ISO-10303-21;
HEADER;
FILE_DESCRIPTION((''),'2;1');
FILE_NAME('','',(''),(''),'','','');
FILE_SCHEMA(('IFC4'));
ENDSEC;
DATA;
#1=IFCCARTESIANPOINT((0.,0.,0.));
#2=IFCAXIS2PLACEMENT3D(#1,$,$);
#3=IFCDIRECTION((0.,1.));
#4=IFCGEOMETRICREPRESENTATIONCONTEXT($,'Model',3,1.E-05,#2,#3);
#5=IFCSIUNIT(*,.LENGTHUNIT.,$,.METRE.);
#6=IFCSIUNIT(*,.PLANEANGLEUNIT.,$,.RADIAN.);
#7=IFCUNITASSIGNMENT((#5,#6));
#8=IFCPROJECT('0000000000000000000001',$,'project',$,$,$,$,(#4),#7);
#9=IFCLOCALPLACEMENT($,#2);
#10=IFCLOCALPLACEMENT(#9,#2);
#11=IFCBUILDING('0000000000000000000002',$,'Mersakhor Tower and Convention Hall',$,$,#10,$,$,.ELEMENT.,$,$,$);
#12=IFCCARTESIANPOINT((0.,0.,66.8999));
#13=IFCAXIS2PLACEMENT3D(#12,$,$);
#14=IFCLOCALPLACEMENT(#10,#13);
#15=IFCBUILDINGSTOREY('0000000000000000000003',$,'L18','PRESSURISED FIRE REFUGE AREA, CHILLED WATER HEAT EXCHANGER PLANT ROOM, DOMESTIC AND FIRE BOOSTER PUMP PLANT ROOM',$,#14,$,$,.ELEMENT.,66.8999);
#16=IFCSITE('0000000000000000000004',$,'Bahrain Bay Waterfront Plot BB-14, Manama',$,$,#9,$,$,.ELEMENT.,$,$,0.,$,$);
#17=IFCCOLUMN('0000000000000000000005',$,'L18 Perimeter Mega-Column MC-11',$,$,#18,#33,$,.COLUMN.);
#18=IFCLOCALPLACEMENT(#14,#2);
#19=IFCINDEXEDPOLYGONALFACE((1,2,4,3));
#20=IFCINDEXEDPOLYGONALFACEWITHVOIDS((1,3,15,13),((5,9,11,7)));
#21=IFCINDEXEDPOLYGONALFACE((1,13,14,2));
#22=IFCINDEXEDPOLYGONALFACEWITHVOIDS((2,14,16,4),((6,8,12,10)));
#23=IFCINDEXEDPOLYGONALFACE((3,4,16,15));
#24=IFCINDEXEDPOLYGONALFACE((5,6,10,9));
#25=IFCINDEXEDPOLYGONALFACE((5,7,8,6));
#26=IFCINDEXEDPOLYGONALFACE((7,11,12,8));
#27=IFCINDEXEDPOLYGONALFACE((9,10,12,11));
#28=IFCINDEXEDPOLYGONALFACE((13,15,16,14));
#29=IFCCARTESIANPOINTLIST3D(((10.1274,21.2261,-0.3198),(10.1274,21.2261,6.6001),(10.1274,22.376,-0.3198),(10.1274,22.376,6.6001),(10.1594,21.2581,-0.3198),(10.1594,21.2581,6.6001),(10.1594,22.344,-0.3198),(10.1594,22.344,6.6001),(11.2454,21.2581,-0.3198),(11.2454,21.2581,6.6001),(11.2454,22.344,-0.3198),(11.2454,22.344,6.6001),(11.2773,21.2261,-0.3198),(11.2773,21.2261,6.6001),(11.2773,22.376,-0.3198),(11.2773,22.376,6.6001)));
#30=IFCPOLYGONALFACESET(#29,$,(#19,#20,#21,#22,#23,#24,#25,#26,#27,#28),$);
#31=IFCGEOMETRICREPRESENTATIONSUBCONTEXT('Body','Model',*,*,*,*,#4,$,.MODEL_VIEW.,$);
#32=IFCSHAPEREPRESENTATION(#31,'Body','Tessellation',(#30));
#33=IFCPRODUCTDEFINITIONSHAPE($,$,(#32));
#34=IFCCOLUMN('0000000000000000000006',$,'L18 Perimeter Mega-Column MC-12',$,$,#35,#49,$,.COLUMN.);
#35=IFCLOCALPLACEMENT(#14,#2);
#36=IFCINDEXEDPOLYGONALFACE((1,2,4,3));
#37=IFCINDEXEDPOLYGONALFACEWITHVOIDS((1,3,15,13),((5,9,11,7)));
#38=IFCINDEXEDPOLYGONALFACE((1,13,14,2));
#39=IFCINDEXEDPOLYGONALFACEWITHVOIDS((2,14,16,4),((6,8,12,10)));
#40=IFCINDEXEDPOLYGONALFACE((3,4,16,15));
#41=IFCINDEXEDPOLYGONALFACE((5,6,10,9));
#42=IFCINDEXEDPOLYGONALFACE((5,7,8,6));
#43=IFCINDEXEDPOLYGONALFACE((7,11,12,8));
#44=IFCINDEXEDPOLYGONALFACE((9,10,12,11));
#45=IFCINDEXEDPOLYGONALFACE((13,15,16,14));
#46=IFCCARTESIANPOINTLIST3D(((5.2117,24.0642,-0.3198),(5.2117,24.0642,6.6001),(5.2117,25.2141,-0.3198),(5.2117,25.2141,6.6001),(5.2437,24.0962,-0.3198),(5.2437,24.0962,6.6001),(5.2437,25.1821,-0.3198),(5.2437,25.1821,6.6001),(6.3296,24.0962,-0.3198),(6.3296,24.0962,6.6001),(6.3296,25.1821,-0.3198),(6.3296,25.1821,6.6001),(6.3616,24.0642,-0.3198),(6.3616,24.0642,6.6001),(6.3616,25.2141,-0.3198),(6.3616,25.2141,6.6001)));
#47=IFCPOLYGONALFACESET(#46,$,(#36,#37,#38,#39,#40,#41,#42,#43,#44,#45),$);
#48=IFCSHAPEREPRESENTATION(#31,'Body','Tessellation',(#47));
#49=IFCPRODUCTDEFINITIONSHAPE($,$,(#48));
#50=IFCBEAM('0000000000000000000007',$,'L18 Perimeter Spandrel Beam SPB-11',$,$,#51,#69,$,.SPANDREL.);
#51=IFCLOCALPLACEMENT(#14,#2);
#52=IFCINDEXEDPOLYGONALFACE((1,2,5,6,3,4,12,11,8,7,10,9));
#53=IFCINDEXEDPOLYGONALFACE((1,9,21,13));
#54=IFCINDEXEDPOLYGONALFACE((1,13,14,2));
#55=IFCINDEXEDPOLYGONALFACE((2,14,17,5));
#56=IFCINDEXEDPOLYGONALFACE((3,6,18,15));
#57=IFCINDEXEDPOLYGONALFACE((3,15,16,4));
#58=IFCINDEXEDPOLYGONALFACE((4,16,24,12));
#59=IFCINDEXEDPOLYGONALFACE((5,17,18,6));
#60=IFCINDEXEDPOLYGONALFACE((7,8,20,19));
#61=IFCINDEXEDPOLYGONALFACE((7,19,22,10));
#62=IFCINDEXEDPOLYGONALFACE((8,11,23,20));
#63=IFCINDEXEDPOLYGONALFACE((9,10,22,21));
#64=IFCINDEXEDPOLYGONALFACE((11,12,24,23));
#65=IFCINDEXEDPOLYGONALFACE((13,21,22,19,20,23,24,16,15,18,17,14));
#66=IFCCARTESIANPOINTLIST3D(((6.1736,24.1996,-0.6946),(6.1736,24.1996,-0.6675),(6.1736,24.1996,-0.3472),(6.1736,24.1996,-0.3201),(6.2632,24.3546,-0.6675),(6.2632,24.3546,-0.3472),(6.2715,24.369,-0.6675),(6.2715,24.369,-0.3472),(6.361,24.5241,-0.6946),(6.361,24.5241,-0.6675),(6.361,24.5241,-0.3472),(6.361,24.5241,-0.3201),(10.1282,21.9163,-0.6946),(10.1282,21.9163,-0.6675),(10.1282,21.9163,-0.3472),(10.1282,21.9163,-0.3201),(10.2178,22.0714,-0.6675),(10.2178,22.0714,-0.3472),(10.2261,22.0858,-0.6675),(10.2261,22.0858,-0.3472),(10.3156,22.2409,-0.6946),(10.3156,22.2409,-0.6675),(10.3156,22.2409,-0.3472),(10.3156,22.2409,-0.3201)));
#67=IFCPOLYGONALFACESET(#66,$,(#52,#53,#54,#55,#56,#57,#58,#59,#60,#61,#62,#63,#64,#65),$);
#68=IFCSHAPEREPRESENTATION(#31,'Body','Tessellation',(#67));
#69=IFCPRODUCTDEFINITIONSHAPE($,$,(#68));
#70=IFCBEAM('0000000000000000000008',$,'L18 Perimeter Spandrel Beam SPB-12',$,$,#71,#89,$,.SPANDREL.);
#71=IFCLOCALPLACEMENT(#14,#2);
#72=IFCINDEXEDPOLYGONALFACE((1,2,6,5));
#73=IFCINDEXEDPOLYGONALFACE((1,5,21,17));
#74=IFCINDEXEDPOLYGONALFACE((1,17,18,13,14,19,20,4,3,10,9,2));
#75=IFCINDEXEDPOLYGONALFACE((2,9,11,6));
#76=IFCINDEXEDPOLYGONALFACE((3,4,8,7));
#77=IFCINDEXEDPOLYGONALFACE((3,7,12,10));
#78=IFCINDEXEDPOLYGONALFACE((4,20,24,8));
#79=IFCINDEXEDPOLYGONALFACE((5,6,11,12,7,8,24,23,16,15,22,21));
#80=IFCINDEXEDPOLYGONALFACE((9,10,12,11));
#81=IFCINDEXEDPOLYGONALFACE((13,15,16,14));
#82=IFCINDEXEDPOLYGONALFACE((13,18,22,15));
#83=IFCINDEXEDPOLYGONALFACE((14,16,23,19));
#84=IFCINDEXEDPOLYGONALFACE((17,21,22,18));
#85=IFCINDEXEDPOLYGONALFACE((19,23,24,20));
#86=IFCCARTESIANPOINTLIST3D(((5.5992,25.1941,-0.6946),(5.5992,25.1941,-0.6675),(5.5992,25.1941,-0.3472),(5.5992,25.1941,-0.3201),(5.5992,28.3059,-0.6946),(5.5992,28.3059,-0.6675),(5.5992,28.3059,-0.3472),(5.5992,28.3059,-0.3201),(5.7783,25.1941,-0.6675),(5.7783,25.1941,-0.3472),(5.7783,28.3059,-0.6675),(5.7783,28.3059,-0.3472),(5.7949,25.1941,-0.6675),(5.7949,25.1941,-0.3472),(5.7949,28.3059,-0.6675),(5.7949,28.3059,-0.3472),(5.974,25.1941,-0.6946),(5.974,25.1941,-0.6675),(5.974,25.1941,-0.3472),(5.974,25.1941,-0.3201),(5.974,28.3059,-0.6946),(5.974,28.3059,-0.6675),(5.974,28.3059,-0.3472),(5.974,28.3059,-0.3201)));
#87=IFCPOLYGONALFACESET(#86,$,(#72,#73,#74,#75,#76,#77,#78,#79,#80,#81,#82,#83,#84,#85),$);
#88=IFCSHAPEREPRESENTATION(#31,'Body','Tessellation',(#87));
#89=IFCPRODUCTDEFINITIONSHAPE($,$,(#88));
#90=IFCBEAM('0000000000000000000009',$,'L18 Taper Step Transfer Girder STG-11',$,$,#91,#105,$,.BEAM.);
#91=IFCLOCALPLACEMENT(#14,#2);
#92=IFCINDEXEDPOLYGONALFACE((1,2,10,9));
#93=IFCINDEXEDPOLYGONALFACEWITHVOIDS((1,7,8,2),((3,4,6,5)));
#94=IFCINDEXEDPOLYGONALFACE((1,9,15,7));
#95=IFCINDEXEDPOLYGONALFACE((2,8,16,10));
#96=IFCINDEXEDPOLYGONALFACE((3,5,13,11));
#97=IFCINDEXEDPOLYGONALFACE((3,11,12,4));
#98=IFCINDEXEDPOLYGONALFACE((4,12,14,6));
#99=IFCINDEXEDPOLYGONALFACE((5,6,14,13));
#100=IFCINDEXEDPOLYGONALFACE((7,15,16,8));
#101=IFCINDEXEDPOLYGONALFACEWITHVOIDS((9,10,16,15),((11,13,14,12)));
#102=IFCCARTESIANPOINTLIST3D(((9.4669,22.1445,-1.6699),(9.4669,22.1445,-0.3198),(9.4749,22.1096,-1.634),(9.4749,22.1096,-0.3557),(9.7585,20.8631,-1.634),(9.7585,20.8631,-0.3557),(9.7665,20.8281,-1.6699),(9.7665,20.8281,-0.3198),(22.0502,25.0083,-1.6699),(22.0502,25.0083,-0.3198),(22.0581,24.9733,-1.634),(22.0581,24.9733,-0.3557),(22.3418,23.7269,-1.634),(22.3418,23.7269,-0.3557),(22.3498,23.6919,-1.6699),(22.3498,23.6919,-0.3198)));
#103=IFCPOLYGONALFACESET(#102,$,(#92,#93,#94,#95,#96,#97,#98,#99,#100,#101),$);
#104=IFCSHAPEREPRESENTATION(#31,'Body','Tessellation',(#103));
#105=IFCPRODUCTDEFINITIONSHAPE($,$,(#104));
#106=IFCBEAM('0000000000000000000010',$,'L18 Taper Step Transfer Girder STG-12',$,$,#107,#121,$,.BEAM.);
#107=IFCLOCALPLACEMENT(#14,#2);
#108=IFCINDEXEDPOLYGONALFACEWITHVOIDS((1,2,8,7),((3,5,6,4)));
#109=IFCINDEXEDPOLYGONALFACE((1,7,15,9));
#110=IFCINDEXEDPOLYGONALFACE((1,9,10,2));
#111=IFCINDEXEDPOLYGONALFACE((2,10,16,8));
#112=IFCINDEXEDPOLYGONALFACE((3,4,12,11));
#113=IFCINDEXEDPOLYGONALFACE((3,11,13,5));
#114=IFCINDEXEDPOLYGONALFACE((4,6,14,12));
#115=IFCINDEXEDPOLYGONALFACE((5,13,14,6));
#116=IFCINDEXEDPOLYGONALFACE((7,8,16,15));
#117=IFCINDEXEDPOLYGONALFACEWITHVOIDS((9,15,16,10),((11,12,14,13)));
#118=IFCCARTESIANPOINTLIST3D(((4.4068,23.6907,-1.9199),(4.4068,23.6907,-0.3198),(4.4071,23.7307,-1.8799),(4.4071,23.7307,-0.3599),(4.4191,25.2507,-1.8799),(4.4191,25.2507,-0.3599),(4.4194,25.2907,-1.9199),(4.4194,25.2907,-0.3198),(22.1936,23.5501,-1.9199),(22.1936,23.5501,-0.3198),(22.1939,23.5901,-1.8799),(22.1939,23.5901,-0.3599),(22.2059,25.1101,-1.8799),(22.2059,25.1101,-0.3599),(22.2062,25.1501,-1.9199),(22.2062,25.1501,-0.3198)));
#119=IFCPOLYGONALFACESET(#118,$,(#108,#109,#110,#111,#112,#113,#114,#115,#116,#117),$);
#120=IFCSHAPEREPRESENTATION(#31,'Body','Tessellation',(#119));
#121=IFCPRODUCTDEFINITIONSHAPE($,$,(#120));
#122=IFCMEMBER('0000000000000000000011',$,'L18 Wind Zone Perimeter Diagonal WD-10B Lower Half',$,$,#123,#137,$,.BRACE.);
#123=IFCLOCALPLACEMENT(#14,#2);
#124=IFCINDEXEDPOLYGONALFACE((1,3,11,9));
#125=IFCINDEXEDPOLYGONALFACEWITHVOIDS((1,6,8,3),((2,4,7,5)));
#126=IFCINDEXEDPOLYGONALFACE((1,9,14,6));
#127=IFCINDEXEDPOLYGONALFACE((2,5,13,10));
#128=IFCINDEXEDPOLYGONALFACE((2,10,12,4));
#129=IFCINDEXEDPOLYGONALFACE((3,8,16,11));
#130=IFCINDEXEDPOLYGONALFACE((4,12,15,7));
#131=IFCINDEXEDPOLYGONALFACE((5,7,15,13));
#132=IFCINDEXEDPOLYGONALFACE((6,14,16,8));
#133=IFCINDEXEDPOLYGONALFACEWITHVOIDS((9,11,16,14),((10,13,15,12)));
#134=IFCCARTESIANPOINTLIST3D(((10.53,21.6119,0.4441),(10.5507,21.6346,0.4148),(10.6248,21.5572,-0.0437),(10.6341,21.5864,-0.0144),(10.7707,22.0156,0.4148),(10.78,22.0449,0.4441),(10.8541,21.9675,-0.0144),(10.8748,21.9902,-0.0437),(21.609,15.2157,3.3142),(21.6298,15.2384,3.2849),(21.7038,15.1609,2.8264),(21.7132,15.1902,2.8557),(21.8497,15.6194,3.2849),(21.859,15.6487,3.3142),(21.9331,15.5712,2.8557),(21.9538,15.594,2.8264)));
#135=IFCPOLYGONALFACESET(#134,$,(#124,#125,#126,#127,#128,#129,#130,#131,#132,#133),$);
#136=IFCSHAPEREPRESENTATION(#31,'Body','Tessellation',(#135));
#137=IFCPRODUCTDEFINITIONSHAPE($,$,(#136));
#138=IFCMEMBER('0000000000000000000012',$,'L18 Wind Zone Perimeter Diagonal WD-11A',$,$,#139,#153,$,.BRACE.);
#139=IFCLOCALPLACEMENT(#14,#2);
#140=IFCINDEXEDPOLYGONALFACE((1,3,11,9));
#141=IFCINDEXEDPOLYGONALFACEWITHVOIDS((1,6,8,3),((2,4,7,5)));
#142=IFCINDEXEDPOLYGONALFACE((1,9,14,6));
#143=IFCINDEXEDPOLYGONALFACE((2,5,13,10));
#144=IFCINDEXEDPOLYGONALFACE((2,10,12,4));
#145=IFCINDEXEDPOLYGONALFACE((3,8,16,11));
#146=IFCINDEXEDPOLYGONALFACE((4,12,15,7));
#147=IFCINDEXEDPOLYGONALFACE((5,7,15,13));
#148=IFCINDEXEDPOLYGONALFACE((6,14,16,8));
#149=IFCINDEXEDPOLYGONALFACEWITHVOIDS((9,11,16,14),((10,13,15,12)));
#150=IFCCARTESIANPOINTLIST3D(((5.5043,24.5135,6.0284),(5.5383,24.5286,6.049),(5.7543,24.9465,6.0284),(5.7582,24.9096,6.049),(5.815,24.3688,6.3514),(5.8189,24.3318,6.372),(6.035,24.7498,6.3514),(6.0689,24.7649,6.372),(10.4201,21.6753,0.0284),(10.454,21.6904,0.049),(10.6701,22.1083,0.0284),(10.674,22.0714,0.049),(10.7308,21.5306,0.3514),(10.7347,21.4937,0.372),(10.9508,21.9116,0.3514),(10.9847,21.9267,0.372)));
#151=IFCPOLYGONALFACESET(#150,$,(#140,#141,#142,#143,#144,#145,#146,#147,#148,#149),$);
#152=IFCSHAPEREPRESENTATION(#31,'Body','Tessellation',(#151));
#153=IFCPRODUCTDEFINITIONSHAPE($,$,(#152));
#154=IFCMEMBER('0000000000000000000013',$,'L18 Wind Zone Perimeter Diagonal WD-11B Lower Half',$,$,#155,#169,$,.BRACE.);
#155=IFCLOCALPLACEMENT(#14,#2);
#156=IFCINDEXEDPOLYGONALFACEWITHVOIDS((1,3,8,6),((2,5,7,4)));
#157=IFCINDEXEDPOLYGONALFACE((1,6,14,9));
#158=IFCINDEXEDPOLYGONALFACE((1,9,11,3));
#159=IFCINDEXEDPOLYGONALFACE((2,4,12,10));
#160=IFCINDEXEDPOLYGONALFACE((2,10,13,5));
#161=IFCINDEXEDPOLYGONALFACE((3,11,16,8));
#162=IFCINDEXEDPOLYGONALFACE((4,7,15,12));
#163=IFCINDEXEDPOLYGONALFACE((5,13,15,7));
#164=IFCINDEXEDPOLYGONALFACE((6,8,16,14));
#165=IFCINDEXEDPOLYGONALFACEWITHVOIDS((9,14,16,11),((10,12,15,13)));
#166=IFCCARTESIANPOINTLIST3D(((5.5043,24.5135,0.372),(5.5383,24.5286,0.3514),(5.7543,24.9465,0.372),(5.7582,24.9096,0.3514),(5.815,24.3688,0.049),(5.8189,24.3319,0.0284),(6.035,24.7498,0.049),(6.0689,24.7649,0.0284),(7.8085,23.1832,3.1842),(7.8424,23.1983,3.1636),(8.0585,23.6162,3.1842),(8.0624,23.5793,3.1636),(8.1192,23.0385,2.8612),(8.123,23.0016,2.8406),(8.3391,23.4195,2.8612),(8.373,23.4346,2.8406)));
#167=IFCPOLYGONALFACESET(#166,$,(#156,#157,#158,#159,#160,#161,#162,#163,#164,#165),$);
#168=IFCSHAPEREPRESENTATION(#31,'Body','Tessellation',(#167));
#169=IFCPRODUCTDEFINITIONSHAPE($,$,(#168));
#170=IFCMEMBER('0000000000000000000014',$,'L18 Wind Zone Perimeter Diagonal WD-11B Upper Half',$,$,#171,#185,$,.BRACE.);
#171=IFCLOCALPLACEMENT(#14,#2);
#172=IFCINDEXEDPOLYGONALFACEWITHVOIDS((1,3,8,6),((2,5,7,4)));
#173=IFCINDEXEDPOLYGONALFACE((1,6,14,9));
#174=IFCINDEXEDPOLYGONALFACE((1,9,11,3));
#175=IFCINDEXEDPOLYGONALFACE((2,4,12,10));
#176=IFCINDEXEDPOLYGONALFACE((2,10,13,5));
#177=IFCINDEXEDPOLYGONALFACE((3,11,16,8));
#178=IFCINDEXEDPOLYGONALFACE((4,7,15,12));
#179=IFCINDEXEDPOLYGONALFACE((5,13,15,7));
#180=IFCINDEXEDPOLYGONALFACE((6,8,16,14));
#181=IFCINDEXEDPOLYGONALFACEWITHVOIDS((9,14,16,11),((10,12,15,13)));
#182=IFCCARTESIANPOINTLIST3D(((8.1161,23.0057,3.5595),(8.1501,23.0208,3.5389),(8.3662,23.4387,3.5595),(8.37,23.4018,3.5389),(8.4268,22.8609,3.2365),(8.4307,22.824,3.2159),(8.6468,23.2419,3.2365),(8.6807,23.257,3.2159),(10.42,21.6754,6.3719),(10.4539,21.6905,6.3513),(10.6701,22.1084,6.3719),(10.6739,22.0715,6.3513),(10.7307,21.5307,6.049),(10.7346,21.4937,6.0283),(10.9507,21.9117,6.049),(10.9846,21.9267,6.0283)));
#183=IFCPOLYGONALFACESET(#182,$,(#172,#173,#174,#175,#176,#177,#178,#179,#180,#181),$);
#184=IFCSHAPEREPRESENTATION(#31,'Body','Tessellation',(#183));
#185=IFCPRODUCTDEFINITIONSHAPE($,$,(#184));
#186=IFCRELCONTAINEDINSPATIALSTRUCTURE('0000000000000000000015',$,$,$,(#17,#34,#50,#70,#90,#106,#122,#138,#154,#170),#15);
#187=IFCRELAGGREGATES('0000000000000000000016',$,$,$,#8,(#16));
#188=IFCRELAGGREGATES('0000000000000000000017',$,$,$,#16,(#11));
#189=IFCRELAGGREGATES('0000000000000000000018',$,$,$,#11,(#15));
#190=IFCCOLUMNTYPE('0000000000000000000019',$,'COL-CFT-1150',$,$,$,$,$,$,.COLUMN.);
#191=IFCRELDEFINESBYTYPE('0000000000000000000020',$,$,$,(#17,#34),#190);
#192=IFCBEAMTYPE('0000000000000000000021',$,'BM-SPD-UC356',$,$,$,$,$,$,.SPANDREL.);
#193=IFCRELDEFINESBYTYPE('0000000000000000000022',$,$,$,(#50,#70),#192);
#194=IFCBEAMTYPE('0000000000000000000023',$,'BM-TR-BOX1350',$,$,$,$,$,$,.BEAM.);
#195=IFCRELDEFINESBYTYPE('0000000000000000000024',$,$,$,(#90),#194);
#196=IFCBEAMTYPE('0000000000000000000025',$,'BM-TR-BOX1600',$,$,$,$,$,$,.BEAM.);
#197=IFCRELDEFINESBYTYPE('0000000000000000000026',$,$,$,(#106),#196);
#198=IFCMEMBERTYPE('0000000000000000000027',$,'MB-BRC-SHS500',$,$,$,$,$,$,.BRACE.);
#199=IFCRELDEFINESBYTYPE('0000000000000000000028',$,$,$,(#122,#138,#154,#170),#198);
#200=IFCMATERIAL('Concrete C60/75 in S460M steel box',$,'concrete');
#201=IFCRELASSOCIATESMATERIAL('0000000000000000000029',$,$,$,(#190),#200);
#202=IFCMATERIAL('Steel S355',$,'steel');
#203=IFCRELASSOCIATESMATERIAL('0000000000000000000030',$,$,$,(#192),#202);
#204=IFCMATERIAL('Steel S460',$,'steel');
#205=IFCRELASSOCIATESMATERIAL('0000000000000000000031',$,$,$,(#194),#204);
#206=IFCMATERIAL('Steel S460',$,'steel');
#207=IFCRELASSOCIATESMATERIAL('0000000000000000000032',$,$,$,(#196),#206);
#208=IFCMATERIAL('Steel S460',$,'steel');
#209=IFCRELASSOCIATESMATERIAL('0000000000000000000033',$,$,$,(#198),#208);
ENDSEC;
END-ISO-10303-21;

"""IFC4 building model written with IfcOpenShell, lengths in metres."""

from ifc_helpers import new_model, si_unit, direction, frame, origin, origin_2d, place, context, subcontext, project, spatial, hollow_rectangle, i_section, extrude, material, material_profile, profile_set, type_object, element, save


model = new_model("IFC4")

# Units and contexts
model_context = context("Model", 3, precision=1e-05, world=origin(), true_north=direction((0.0, 1.0)))
body_context = subcontext(model_context, "Body", "Model", "MODEL_VIEW")
ifc_project = project(units=[si_unit("LENGTHUNIT", "METRE"), si_unit("PLANEANGLEUNIT", "RADIAN")], contexts=[model_context])

# Site, building, storey
site_placement = place(None, origin())
site = spatial("IfcSite", under=ifc_project, at=site_placement, Name="Bahrain Bay Waterfront Plot BB-14, Manama", CompositionType="ELEMENT", RefElevation=0.0)
building_placement = place(site_placement, origin())
building = spatial("IfcBuilding", under=site, at=building_placement, Name="Mersakhor Tower and Convention Hall", CompositionType="ELEMENT")
storey_placement = place(building_placement, frame((0.0, 0.0, 66.8999)))
storey = spatial("IfcBuildingStorey", under=building, at=storey_placement, Name="L18", Description="PRESSURISED FIRE REFUGE AREA, CHILLED WATER HEAT EXCHANGER PLANT ROOM, DOMESTIC AND FIRE BOOSTER PUMP PLANT ROOM", CompositionType="ELEMENT", Elevation=66.8999)

# Columns
ifc_material_1 = material(Name="Concrete C60/75 in S460M steel box", Category="concrete")
ifc_material_profile_1 = material_profile(ifc_material_1, hollow_rectangle(XDim=1.1499, YDim=1.1499, WallThickness=0.032, at=origin_2d()), Name="SHS 1150x1150x32")
ifc_profile_set_1 = profile_set([ifc_material_profile_1], Name="Concrete C60/75 in S460M steel box")
column_type = type_object("IfcColumnType", Name="COL-CFT-1150", PredefinedType="COLUMN", material=ifc_profile_set_1)
for number, where, z_axis, x_axis, name in (
    (1, (10.7024, 21.801, -0.3198), (0.0, 0.0, 1.0), (1.0, 0.0, 0.0), "L18 Perimeter Mega-Column MC-11"),
    (2, (5.7866, 24.6392, -0.3198), (0.0, 0.0, 1.0), (1.0, 0.0, 0.0), "L18 Perimeter Mega-Column MC-12"),
):
    element("IfcColumn", number, at=place(storey_placement, frame(where, z_axis=z_axis, x_axis=x_axis)), inside=storey, type_object=column_type, Name=name, PredefinedType="COLUMN", context=body_context, shape_type="SweptSolid", body=[
        extrude(hollow_rectangle(XDim=1.1499, YDim=1.1499, WallThickness=0.032, at=origin_2d()), origin(), (0.0, 0.0, 1.0), 6.9199),
    ])

# Beams
ifc_material_2 = material(Name="Steel S355", Category="steel")
ifc_material_profile_2 = material_profile(ifc_material_2, i_section(OverallWidth=0.3748, OverallDepth=0.3745, WebThickness=0.0166, FlangeThickness=0.0271, at=origin_2d()), Name="UC 356x368x202")
ifc_profile_set_2 = profile_set([ifc_material_profile_2], Name="Steel S355")
beam_type_1 = type_object("IfcBeamType", Name="BM-SPD-UC356", PredefinedType="SPANDREL", material=ifc_profile_set_2)
beam_1_placement = place(storey_placement, frame((10.2219, 22.0786, -0.5073), z_axis=(-0.866024, 0.500003, 0.0), x_axis=(-0.500003, -0.866024, 0.0)))
element("IfcBeam", 3, at=beam_1_placement, inside=storey, type_object=beam_type_1, Name="L18 Perimeter Spandrel Beam SPB-11", PredefinedType="SPANDREL", context=body_context, shape_type="SweptSolid", body=[
    extrude(i_section(OverallWidth=0.3748, OverallDepth=0.3745, WebThickness=0.0166, FlangeThickness=0.0271, at=origin_2d()), origin(), (0.0, 0.0, 1.0), 4.5664),
])
beam_2_placement = place(storey_placement, frame((5.7866, 25.1941, -0.5073), z_axis=(0.0, 1.0, 0.0), x_axis=(-1.0, 0.0, 0.0)))
element("IfcBeam", 4, at=beam_2_placement, inside=storey, type_object=beam_type_1, Name="L18 Perimeter Spandrel Beam SPB-12", PredefinedType="SPANDREL", context=body_context, shape_type="SweptSolid", body=[
    extrude(i_section(OverallWidth=0.3748, OverallDepth=0.3745, WebThickness=0.0166, FlangeThickness=0.0271, at=origin_2d()), origin(), (0.0, 0.0, 1.0), 3.1118),
])
ifc_material_3 = material(Name="Steel S460", Category="steel")
ifc_material_profile_3 = material_profile(ifc_material_3, hollow_rectangle(XDim=1.3501, YDim=1.3501, WallThickness=0.0359, at=origin_2d()), Name="SHS 1350x1350x36")
ifc_profile_set_3 = profile_set([ifc_material_profile_3], Name="Steel S460")
beam_type_2 = type_object("IfcBeamType", Name="BM-TR-BOX1350", PredefinedType="BEAM", material=ifc_profile_set_3)
beam_3_placement = place(storey_placement, frame((9.6167, 21.4863, -0.9949), z_axis=(0.975067, 0.221911, 0.0), x_axis=(-0.221911, 0.975067, 0.0)))
element("IfcBeam", 5, at=beam_3_placement, inside=storey, type_object=beam_type_2, Name="L18 Taper Step Transfer Girder STG-11", PredefinedType="BEAM", context=body_context, shape_type="SweptSolid", body=[
    extrude(hollow_rectangle(XDim=1.3501, YDim=1.3501, WallThickness=0.0359, at=origin_2d()), origin(), (0.0, 0.0, 1.0), 12.905),
])
ifc_material_4 = material(Name="Steel S460", Category="steel")
ifc_material_profile_4 = material_profile(ifc_material_4, hollow_rectangle(XDim=1.6001, YDim=1.6001, WallThickness=0.04, at=origin_2d()), Name="SHS 1600x1600x40")
ifc_profile_set_4 = profile_set([ifc_material_profile_4], Name="Steel S460")
beam_type_3 = type_object("IfcBeamType", Name="BM-TR-BOX1600", PredefinedType="BEAM", material=ifc_profile_set_4)
beam_4_placement = place(storey_placement, frame((4.4131, 24.4907, -1.1199), z_axis=(0.999969, -0.007906, 0.0), x_axis=(0.007906, 0.999969, 0.0)))
element("IfcBeam", 6, at=beam_4_placement, inside=storey, type_object=beam_type_3, Name="L18 Taper Step Transfer Girder STG-12", PredefinedType="BEAM", context=body_context, shape_type="SweptSolid", body=[
    extrude(hollow_rectangle(XDim=1.6001, YDim=1.6001, WallThickness=0.04, at=origin_2d()), origin(), (0.0, 0.0, 1.0), 17.7874),
])

# Members
ifc_material_5 = material(Name="Steel S460", Category="steel")
ifc_material_profile_5 = material_profile(ifc_material_5, hollow_rectangle(XDim=0.5, YDim=0.5, WallThickness=0.03, at=origin_2d()), Name="SHS 500x500x30")
ifc_profile_set_5 = profile_set([ifc_material_profile_5], Name="Steel S460")
member_type = type_object("IfcMemberType", Name="MB-BRC-SHS500", PredefinedType="BRACE", material=ifc_profile_set_5)
member_1_placement = place(storey_placement, frame((10.7024, 21.801, 0.2002), z_axis=(0.845029, -0.487856, 0.218911), x_axis=(0.499983, 0.866035, 0.0)))
element("IfcMember", 7, at=member_1_placement, inside=storey, type_object=member_type, Name="L18 Wind Zone Perimeter Diagonal WD-10B Lower Half", PredefinedType="BRACE", context=body_context, shape_type="SweptSolid", body=[
    extrude(hollow_rectangle(XDim=0.5, YDim=0.5, WallThickness=0.03, at=origin_2d()), origin(), (0.0, 0.0, 1.0), 13.1108),
])
member_2_placement = place(storey_placement, frame((10.7024, 21.801, 0.2002), z_axis=(-0.595164, 0.343619, 0.726434), x_axis=(-0.500002, -0.866024, 0.0)))
element("IfcMember", 8, at=member_2_placement, inside=storey, type_object=member_type, Name="L18 Wind Zone Perimeter Diagonal WD-11A", PredefinedType="BRACE", context=body_context, shape_type="SweptSolid", body=[
    extrude(hollow_rectangle(XDim=0.5, YDim=0.5, WallThickness=0.03, at=origin_2d()), origin(), (0.0, 0.0, 1.0), 8.2595),
])
for number, where, z_axis, x_axis, name in (
    (9, (5.7866, 24.6392, 0.2002), (0.595182, -0.343627, 0.726415), (0.499998, 0.866027, 0.0), "L18 Wind Zone Perimeter Diagonal WD-11B Lower Half"),
    (10, (8.3984, 23.1313, 3.3877), (0.595114, -0.343624, 0.726472), (0.500038, 0.866004, 0.0), "L18 Wind Zone Perimeter Diagonal WD-11B Upper Half"),
):
    element("IfcMember", number, at=place(storey_placement, frame(where, z_axis=z_axis, x_axis=x_axis)), inside=storey, type_object=member_type, Name=name, PredefinedType="BRACE", context=body_context, shape_type="SweptSolid", body=[
        extrude(hollow_rectangle(XDim=0.5, YDim=0.5, WallThickness=0.03, at=origin_2d()), origin(), (0.0, 0.0, 1.0), 3.8713),
    ])

save(model, "model.ifc")
